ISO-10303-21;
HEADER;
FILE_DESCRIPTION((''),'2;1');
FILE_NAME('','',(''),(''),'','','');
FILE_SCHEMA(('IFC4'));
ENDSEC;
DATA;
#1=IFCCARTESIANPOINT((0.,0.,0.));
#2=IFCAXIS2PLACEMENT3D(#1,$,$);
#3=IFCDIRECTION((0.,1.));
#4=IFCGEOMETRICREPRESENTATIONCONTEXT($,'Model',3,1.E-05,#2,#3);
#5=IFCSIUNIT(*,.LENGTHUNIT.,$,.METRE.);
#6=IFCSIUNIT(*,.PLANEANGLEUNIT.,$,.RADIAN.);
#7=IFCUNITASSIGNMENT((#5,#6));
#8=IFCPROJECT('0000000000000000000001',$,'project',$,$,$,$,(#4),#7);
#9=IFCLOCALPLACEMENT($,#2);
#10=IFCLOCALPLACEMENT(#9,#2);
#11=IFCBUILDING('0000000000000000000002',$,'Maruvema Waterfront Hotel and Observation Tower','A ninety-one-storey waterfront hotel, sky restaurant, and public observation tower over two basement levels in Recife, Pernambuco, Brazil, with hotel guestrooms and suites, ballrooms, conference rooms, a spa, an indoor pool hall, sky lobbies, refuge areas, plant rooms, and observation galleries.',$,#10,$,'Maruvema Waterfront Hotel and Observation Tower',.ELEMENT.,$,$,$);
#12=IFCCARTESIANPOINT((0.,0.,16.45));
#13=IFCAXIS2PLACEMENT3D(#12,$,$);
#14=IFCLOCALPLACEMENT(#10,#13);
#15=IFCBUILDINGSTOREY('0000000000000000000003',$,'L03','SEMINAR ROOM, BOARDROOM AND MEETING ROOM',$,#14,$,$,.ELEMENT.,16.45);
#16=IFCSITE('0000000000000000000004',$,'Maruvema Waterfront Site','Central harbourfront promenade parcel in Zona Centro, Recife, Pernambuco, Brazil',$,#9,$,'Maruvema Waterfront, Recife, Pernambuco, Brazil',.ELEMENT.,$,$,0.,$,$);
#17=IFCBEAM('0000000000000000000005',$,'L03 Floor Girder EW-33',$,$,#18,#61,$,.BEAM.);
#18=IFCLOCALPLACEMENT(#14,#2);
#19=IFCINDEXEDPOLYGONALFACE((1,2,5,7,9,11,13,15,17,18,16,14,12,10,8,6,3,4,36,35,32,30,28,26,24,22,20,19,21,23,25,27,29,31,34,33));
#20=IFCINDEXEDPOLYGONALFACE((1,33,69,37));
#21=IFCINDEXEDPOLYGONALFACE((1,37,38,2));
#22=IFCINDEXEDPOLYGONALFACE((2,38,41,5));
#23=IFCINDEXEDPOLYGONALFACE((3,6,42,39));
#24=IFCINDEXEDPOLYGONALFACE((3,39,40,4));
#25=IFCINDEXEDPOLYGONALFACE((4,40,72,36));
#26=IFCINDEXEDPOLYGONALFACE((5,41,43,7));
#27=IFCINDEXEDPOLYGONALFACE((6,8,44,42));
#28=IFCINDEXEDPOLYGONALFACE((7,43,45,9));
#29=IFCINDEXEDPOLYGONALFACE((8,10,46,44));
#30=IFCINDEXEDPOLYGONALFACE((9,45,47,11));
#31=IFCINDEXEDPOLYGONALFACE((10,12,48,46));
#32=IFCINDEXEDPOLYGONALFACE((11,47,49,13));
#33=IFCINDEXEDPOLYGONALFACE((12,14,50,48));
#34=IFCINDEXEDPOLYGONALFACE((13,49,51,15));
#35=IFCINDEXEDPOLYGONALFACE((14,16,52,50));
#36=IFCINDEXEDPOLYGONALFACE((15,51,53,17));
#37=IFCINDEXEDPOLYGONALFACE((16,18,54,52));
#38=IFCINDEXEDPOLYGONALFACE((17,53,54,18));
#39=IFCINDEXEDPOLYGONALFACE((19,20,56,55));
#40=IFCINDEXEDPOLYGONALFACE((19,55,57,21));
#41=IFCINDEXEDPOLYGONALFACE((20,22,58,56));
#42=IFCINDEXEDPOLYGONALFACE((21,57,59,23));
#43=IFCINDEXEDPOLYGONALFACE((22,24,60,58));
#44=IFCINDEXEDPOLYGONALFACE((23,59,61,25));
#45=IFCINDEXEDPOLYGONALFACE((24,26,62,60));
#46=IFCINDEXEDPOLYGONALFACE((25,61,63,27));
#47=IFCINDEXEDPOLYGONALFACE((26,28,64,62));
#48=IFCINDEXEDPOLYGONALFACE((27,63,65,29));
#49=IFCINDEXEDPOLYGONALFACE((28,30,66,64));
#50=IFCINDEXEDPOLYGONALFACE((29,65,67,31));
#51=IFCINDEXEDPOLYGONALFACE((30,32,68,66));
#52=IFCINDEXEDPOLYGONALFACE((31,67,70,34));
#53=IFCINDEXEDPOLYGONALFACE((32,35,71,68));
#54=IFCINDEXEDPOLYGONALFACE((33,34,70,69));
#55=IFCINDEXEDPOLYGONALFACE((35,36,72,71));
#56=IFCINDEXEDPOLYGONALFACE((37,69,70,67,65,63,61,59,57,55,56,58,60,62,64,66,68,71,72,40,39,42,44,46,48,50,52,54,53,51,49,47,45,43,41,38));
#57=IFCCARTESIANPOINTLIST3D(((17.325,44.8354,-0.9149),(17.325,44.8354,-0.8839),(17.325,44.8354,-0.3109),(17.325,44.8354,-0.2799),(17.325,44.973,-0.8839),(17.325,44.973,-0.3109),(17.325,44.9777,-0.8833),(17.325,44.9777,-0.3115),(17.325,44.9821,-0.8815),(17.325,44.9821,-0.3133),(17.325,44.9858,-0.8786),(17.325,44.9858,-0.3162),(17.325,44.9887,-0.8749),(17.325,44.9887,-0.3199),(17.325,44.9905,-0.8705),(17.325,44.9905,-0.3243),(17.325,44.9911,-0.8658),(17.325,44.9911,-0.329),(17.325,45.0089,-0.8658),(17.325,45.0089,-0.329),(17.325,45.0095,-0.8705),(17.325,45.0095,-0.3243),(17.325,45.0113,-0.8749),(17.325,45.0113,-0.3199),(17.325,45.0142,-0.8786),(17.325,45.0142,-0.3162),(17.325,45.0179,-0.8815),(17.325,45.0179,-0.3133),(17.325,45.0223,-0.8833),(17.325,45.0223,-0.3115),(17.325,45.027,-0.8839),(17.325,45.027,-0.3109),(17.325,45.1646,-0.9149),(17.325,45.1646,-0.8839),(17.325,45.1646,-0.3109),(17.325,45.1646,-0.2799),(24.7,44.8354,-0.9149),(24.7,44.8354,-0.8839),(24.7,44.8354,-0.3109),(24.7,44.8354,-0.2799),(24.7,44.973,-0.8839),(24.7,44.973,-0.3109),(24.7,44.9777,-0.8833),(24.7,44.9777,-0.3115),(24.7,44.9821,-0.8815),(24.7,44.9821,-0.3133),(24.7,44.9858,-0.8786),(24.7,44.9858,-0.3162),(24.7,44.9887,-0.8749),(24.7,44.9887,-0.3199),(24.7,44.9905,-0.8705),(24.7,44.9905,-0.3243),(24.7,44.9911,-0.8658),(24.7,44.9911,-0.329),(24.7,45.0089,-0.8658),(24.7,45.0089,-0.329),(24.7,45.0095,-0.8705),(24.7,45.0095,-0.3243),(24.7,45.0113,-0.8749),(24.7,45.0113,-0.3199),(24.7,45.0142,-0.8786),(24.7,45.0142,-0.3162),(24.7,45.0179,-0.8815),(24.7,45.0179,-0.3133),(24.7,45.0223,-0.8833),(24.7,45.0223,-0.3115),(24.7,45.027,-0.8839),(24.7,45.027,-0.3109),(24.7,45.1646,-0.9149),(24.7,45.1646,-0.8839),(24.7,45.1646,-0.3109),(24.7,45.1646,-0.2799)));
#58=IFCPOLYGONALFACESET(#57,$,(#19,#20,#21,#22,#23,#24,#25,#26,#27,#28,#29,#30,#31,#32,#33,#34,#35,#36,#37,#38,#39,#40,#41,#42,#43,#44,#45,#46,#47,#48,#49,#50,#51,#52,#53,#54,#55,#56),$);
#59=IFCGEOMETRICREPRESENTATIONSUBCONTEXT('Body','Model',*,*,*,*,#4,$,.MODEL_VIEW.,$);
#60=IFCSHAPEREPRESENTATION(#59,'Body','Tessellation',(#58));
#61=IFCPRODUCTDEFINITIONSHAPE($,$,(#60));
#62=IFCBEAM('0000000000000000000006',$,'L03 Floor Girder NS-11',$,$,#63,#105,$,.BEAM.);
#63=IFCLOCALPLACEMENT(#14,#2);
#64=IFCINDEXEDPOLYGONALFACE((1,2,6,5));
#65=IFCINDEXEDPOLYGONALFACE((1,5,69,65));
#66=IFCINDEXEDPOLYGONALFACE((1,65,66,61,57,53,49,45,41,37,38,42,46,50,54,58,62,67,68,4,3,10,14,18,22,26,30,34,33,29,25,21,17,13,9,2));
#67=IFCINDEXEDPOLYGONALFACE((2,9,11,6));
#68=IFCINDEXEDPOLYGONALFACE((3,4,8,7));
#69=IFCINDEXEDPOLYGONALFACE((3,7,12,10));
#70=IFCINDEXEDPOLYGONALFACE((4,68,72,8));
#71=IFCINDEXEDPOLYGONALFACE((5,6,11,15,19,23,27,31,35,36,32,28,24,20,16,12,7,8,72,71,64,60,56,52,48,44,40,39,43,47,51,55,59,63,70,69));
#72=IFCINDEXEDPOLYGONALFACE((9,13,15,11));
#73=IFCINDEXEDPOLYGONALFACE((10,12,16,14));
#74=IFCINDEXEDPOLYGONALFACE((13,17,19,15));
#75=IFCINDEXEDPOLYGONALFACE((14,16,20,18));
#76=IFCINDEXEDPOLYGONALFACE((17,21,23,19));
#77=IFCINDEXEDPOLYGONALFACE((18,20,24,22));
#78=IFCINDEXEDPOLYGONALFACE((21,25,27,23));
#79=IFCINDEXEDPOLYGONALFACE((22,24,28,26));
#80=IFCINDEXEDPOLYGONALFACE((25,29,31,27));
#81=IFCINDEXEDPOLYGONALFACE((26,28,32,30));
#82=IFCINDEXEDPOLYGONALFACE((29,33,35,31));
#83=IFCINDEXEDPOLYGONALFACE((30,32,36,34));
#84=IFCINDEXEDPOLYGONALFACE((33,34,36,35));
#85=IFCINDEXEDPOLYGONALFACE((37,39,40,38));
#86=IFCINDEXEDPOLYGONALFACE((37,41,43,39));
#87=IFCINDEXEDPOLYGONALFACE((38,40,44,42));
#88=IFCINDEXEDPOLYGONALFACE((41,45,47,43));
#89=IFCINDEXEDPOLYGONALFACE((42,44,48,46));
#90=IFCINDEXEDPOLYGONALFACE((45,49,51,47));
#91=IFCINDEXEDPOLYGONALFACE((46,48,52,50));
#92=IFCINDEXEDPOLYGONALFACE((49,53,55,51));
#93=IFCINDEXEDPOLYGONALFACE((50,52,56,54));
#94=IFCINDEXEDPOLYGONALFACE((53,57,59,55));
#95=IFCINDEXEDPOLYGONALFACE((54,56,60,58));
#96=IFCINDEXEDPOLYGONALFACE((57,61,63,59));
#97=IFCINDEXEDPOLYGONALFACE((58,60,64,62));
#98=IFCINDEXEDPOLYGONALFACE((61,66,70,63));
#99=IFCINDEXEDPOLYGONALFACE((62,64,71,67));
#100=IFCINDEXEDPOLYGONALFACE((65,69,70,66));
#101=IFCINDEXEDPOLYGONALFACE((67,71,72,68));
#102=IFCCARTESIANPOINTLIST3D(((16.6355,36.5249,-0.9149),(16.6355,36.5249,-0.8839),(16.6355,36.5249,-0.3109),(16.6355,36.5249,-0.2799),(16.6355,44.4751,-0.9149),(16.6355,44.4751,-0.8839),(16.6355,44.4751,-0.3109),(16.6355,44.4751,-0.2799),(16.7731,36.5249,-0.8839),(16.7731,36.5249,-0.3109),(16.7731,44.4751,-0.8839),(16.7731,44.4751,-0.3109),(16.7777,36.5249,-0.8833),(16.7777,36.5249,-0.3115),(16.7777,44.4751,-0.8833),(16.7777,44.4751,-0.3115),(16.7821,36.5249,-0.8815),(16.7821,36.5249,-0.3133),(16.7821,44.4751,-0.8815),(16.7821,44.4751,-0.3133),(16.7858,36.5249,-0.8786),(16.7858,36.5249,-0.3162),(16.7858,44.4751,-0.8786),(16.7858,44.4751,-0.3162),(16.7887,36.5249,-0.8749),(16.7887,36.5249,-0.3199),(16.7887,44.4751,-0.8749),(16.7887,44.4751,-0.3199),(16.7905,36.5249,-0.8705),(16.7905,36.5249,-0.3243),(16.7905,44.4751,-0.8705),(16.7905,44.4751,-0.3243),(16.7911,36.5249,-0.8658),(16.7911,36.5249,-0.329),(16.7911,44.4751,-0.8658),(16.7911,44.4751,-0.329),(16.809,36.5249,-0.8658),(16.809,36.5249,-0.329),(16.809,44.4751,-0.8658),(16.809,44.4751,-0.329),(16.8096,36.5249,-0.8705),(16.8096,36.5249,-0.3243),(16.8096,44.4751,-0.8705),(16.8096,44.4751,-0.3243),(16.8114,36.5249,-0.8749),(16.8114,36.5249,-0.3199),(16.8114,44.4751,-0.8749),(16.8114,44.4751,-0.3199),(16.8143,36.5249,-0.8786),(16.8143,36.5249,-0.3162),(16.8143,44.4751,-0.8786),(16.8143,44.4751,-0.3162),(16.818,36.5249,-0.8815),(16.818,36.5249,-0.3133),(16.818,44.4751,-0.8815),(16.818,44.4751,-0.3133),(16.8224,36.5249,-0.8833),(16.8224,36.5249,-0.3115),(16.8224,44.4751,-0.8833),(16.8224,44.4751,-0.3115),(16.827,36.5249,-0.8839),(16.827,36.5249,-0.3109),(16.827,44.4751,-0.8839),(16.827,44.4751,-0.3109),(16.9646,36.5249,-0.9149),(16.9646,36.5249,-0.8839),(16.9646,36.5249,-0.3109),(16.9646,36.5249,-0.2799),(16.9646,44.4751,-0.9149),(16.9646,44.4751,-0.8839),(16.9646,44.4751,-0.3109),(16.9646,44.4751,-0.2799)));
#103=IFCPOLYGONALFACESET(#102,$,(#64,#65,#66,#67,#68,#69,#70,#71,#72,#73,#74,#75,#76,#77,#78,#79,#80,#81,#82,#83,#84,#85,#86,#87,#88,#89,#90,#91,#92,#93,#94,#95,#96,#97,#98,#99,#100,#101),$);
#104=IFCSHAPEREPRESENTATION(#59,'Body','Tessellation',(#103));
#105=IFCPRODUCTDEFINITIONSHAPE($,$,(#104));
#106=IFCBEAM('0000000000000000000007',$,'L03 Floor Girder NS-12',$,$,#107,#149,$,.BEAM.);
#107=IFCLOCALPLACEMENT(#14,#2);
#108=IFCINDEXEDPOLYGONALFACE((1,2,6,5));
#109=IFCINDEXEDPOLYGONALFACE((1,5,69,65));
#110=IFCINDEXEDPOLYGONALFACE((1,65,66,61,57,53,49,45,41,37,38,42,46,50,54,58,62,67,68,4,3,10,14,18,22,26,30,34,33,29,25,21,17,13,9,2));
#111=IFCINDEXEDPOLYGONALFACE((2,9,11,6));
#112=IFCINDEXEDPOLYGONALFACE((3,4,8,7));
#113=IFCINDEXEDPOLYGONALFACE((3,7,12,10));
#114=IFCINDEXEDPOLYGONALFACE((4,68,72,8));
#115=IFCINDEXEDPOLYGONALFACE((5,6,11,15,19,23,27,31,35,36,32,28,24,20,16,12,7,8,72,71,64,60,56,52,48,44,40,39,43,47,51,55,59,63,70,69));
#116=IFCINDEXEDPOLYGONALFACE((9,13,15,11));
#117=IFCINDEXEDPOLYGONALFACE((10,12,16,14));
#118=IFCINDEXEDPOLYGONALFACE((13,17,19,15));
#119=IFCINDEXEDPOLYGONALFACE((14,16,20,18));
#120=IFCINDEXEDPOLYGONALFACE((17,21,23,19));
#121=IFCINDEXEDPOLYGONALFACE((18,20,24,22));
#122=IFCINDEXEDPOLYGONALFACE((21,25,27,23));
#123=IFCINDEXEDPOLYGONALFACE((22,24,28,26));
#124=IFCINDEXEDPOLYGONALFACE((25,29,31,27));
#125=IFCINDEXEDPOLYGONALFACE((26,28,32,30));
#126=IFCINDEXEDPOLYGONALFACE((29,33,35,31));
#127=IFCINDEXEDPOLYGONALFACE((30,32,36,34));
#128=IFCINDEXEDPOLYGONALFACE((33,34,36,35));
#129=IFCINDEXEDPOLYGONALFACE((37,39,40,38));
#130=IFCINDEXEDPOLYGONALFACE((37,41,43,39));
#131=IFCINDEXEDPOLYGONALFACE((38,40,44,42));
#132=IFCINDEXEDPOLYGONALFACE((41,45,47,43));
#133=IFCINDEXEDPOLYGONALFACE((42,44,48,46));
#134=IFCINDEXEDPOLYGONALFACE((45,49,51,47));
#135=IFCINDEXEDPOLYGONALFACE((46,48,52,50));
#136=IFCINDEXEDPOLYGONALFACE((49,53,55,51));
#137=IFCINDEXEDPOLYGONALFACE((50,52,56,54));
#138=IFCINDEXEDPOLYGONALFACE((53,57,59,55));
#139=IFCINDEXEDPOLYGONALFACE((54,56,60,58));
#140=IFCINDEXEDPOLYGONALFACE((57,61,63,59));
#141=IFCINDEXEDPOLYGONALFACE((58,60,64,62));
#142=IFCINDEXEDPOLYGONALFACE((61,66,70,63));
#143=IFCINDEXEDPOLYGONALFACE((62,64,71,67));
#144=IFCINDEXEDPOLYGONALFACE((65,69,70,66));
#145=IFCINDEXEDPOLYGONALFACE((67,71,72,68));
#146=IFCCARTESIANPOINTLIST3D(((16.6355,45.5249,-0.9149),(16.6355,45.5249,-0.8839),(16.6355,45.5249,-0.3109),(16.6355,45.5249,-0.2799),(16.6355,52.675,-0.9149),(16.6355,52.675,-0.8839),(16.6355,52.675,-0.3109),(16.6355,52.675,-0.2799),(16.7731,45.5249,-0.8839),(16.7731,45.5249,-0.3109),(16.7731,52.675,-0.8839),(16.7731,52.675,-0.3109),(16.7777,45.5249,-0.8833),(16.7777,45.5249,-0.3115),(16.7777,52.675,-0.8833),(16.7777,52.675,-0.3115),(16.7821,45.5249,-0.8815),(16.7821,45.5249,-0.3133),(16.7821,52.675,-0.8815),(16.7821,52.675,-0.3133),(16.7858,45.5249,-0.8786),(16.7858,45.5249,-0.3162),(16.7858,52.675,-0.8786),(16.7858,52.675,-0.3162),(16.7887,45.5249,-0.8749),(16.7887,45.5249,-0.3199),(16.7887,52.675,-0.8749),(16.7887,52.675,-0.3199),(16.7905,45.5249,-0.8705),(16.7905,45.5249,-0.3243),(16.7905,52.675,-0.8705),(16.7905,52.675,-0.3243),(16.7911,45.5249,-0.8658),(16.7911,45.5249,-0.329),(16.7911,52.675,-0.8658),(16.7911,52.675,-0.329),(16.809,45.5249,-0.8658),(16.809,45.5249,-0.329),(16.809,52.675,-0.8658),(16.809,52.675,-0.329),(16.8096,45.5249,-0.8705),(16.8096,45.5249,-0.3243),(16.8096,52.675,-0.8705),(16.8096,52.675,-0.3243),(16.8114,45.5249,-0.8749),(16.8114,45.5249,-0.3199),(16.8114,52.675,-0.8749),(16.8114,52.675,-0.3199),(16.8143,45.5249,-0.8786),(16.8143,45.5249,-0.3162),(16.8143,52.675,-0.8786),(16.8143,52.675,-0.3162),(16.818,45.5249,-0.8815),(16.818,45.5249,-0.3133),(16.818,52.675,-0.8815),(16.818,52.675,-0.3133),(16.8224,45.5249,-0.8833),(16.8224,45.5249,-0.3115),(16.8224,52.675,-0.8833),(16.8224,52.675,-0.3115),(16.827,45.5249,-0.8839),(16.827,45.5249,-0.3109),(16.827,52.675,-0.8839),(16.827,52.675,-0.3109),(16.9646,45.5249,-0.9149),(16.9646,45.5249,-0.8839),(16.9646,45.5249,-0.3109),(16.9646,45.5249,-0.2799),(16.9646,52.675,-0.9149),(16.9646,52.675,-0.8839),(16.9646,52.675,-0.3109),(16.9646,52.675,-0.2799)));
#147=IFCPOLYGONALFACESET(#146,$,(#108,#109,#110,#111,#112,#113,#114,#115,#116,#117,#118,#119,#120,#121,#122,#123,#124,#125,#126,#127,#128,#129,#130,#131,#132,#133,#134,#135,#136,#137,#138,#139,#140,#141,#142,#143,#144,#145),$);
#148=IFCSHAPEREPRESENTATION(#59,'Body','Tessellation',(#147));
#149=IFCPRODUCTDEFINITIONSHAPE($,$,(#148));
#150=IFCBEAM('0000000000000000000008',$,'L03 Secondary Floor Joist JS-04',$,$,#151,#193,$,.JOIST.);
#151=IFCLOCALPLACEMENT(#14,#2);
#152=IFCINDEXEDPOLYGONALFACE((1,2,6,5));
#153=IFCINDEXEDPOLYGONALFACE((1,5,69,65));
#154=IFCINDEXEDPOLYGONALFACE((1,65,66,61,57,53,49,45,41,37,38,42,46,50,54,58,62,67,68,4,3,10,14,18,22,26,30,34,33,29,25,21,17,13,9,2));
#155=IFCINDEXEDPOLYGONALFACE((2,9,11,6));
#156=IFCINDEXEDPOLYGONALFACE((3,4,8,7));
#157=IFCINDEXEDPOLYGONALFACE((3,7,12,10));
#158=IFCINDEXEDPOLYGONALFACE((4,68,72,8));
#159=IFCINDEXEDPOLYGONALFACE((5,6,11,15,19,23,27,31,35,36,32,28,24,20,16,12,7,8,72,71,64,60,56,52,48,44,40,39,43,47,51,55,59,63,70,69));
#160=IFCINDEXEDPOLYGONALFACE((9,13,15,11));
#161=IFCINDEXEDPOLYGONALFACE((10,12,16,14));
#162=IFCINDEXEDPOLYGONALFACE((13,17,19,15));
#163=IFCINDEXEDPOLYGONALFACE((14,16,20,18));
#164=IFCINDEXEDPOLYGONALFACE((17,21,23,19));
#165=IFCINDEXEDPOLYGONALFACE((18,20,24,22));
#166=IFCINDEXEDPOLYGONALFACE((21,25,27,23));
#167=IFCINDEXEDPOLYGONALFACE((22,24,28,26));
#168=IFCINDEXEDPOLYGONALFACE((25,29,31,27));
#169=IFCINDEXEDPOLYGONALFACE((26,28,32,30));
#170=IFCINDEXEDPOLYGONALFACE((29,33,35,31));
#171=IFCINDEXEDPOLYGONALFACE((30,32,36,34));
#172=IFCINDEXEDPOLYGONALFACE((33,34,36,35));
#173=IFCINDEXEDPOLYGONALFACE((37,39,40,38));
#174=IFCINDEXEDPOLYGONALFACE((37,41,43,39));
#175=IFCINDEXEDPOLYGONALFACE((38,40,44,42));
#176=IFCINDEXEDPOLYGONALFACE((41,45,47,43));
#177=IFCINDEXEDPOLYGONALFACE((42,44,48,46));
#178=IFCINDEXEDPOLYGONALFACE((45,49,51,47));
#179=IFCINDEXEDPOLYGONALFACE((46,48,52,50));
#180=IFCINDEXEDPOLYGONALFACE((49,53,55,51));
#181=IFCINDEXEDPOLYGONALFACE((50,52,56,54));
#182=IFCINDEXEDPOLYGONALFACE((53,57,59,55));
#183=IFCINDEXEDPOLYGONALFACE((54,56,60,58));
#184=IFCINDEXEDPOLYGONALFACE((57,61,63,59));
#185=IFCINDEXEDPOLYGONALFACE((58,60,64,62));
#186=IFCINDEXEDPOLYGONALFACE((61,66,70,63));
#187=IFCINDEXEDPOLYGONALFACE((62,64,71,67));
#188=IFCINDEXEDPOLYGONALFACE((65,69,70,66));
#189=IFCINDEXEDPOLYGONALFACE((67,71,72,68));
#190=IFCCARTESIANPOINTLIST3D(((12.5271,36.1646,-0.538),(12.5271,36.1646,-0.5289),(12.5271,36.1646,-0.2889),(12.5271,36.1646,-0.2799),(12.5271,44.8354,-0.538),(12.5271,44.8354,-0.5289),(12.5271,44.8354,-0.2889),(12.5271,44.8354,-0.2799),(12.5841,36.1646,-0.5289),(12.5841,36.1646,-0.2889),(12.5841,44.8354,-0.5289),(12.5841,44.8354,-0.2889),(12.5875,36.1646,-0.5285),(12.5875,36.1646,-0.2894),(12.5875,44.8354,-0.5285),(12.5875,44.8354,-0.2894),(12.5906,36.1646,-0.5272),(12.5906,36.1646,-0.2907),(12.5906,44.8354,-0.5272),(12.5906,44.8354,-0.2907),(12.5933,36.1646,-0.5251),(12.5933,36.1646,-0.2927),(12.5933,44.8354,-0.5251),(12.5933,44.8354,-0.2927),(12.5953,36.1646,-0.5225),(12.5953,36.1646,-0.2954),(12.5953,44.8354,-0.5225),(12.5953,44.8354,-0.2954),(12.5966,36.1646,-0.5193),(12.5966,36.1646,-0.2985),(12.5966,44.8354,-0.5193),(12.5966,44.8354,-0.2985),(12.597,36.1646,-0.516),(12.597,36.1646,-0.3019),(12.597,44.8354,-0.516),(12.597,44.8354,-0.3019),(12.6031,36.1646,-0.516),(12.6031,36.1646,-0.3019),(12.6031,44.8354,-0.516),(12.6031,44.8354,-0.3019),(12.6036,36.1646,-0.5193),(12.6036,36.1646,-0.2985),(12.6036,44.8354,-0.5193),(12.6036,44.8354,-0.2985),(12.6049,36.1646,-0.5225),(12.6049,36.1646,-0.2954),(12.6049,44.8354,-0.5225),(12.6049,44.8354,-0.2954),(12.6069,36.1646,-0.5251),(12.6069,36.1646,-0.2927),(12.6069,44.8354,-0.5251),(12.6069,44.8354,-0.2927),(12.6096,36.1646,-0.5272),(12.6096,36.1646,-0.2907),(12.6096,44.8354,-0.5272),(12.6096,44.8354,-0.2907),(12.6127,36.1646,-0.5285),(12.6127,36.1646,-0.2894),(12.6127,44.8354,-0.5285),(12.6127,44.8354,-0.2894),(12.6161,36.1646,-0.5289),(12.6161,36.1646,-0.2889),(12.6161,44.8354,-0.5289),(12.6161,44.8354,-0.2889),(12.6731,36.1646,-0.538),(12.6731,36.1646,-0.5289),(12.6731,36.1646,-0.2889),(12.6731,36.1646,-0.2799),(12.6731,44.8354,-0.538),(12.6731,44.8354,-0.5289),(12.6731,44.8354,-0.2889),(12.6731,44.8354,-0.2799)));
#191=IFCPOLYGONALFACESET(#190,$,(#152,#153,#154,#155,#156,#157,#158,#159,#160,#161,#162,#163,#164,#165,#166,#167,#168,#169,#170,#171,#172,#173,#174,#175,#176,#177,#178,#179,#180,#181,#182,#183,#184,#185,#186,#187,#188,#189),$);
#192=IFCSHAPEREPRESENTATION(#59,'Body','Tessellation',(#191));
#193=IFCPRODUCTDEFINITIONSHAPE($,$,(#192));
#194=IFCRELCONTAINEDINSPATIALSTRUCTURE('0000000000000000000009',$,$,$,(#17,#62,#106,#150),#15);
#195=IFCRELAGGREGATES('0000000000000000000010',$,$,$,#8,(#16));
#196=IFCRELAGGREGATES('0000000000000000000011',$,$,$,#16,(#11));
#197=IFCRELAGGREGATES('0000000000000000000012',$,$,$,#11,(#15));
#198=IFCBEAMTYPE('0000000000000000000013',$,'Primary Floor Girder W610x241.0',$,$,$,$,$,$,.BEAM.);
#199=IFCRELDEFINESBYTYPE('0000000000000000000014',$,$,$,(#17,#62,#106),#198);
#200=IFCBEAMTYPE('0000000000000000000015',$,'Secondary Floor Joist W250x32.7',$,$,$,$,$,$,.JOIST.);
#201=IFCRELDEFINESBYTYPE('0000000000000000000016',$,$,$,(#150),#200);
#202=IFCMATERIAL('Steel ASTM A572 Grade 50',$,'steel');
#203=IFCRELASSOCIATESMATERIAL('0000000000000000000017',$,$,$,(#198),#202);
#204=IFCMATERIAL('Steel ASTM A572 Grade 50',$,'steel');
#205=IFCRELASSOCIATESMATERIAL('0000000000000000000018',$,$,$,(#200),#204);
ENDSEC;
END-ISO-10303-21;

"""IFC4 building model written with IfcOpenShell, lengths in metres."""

from ifc_helpers import new_model, si_unit, direction, frame, origin, origin_2d, place, context, subcontext, project, spatial, i_section, extrude, material, material_profile, profile_set, type_object, element, save


model = new_model("IFC4")

# Units and contexts
model_context = context("Model", 3, precision=1e-05, world=origin(), true_north=direction((0.0, 1.0)))
body_context = subcontext(model_context, "Body", "Model", "MODEL_VIEW")
ifc_project = project(units=[si_unit("LENGTHUNIT", "METRE"), si_unit("PLANEANGLEUNIT", "RADIAN")], contexts=[model_context])

# Site, building, storey
site_placement = place(None, origin())
site = spatial("IfcSite", under=ifc_project, at=site_placement, Name="Maruvema Waterfront Site", Description="Central harbourfront promenade parcel in Zona Centro, Recife, Pernambuco, Brazil", LongName="Maruvema Waterfront, Recife, Pernambuco, Brazil", CompositionType="ELEMENT", RefElevation=0.0)
building_placement = place(site_placement, origin())
building = spatial("IfcBuilding", under=site, at=building_placement, Name="Maruvema Waterfront Hotel and Observation Tower", Description="A ninety-one-storey waterfront hotel, sky restaurant, and public observation tower over two basement levels in Recife, Pernambuco, Brazil, with hotel guestrooms and suites, ballrooms, conference rooms, a spa, an indoor pool hall, sky lobbies, refuge areas, plant rooms, and observation galleries.", LongName="Maruvema Waterfront Hotel and Observation Tower", CompositionType="ELEMENT")
storey_placement = place(building_placement, frame((0.0, 0.0, 16.45)))
storey = spatial("IfcBuildingStorey", under=building, at=storey_placement, Name="L03", Description="SEMINAR ROOM, BOARDROOM AND MEETING ROOM", CompositionType="ELEMENT", Elevation=16.45)

# Beams
ifc_material_1 = material(Name="Steel ASTM A572 Grade 50", Category="steel")
ifc_material_profile_1 = material_profile(ifc_material_1, i_section(OverallWidth=0.3291, OverallDepth=0.635, WebThickness=0.0178, FlangeThickness=0.031, FilletRadius=0.0181, at=origin_2d()), Name="W610x241.0")
ifc_profile_set_1 = profile_set([ifc_material_profile_1], Name="Steel ASTM A572 Grade 50")
beam_type_1 = type_object("IfcBeamType", Name="Primary Floor Girder W610x241.0", PredefinedType="BEAM", material=ifc_profile_set_1)
beam_1_placement = place(storey_placement, frame((17.325, 45.0, -0.5974), z_axis=(1.0, 0.0, 0.0), x_axis=(0.0, 1.0, 0.0)))
element("IfcBeam", 1, at=beam_1_placement, inside=storey, type_object=beam_type_1, Name="L03 Floor Girder EW-33", PredefinedType="BEAM", context=body_context, shape_type="SweptSolid", body=[
    extrude(i_section(OverallWidth=0.3291, OverallDepth=0.635, WebThickness=0.0178, FlangeThickness=0.031, FilletRadius=0.0181, at=origin_2d()), origin(), (0.0, 0.0, 1.0), 7.375),
])
beam_2_placement = place(storey_placement, frame((16.8, 36.5249, -0.5974), z_axis=(0.0, 1.0, 0.0), x_axis=(-1.0, 0.0, 0.0)))
element("IfcBeam", 2, at=beam_2_placement, inside=storey, type_object=beam_type_1, Name="L03 Floor Girder NS-11", PredefinedType="BEAM", context=body_context, shape_type="SweptSolid", body=[
    extrude(i_section(OverallWidth=0.3291, OverallDepth=0.635, WebThickness=0.0178, FlangeThickness=0.031, FilletRadius=0.0181, at=origin_2d()), origin(), (0.0, 0.0, 1.0), 7.9502),
])
beam_3_placement = place(storey_placement, frame((16.8, 45.5249, -0.5974), z_axis=(0.0, 1.0, 0.0), x_axis=(-1.0, 0.0, 0.0)))
element("IfcBeam", 3, at=beam_3_placement, inside=storey, type_object=beam_type_1, Name="L03 Floor Girder NS-12", PredefinedType="BEAM", context=body_context, shape_type="SweptSolid", body=[
    extrude(i_section(OverallWidth=0.3291, OverallDepth=0.635, WebThickness=0.0178, FlangeThickness=0.031, FilletRadius=0.0181, at=origin_2d()), origin(), (0.0, 0.0, 1.0), 7.1501),
])
ifc_material_2 = material(Name="Steel ASTM A572 Grade 50", Category="steel")
ifc_material_profile_2 = material_profile(ifc_material_2, i_section(OverallWidth=0.146, OverallDepth=0.2581, WebThickness=0.0061, FlangeThickness=0.009, FilletRadius=0.0129, at=origin_2d()), Name="W250x32.7")
ifc_profile_set_2 = profile_set([ifc_material_profile_2], Name="Steel ASTM A572 Grade 50")
beam_type_2 = type_object("IfcBeamType", Name="Secondary Floor Joist W250x32.7", PredefinedType="JOIST", material=ifc_profile_set_2)
beam_4_placement = place(storey_placement, frame((12.6001, 36.1646, -0.4089), z_axis=(0.0, 1.0, 0.0), x_axis=(-1.0, 0.0, 0.0)))
element("IfcBeam", 4, at=beam_4_placement, inside=storey, type_object=beam_type_2, Name="L03 Secondary Floor Joist JS-04", PredefinedType="JOIST", context=body_context, shape_type="SweptSolid", body=[
    extrude(i_section(OverallWidth=0.146, OverallDepth=0.2581, WebThickness=0.0061, FlangeThickness=0.009, FilletRadius=0.0129, at=origin_2d()), origin(), (0.0, 0.0, 1.0), 8.6709),
])

save(model, "model.ifc")
